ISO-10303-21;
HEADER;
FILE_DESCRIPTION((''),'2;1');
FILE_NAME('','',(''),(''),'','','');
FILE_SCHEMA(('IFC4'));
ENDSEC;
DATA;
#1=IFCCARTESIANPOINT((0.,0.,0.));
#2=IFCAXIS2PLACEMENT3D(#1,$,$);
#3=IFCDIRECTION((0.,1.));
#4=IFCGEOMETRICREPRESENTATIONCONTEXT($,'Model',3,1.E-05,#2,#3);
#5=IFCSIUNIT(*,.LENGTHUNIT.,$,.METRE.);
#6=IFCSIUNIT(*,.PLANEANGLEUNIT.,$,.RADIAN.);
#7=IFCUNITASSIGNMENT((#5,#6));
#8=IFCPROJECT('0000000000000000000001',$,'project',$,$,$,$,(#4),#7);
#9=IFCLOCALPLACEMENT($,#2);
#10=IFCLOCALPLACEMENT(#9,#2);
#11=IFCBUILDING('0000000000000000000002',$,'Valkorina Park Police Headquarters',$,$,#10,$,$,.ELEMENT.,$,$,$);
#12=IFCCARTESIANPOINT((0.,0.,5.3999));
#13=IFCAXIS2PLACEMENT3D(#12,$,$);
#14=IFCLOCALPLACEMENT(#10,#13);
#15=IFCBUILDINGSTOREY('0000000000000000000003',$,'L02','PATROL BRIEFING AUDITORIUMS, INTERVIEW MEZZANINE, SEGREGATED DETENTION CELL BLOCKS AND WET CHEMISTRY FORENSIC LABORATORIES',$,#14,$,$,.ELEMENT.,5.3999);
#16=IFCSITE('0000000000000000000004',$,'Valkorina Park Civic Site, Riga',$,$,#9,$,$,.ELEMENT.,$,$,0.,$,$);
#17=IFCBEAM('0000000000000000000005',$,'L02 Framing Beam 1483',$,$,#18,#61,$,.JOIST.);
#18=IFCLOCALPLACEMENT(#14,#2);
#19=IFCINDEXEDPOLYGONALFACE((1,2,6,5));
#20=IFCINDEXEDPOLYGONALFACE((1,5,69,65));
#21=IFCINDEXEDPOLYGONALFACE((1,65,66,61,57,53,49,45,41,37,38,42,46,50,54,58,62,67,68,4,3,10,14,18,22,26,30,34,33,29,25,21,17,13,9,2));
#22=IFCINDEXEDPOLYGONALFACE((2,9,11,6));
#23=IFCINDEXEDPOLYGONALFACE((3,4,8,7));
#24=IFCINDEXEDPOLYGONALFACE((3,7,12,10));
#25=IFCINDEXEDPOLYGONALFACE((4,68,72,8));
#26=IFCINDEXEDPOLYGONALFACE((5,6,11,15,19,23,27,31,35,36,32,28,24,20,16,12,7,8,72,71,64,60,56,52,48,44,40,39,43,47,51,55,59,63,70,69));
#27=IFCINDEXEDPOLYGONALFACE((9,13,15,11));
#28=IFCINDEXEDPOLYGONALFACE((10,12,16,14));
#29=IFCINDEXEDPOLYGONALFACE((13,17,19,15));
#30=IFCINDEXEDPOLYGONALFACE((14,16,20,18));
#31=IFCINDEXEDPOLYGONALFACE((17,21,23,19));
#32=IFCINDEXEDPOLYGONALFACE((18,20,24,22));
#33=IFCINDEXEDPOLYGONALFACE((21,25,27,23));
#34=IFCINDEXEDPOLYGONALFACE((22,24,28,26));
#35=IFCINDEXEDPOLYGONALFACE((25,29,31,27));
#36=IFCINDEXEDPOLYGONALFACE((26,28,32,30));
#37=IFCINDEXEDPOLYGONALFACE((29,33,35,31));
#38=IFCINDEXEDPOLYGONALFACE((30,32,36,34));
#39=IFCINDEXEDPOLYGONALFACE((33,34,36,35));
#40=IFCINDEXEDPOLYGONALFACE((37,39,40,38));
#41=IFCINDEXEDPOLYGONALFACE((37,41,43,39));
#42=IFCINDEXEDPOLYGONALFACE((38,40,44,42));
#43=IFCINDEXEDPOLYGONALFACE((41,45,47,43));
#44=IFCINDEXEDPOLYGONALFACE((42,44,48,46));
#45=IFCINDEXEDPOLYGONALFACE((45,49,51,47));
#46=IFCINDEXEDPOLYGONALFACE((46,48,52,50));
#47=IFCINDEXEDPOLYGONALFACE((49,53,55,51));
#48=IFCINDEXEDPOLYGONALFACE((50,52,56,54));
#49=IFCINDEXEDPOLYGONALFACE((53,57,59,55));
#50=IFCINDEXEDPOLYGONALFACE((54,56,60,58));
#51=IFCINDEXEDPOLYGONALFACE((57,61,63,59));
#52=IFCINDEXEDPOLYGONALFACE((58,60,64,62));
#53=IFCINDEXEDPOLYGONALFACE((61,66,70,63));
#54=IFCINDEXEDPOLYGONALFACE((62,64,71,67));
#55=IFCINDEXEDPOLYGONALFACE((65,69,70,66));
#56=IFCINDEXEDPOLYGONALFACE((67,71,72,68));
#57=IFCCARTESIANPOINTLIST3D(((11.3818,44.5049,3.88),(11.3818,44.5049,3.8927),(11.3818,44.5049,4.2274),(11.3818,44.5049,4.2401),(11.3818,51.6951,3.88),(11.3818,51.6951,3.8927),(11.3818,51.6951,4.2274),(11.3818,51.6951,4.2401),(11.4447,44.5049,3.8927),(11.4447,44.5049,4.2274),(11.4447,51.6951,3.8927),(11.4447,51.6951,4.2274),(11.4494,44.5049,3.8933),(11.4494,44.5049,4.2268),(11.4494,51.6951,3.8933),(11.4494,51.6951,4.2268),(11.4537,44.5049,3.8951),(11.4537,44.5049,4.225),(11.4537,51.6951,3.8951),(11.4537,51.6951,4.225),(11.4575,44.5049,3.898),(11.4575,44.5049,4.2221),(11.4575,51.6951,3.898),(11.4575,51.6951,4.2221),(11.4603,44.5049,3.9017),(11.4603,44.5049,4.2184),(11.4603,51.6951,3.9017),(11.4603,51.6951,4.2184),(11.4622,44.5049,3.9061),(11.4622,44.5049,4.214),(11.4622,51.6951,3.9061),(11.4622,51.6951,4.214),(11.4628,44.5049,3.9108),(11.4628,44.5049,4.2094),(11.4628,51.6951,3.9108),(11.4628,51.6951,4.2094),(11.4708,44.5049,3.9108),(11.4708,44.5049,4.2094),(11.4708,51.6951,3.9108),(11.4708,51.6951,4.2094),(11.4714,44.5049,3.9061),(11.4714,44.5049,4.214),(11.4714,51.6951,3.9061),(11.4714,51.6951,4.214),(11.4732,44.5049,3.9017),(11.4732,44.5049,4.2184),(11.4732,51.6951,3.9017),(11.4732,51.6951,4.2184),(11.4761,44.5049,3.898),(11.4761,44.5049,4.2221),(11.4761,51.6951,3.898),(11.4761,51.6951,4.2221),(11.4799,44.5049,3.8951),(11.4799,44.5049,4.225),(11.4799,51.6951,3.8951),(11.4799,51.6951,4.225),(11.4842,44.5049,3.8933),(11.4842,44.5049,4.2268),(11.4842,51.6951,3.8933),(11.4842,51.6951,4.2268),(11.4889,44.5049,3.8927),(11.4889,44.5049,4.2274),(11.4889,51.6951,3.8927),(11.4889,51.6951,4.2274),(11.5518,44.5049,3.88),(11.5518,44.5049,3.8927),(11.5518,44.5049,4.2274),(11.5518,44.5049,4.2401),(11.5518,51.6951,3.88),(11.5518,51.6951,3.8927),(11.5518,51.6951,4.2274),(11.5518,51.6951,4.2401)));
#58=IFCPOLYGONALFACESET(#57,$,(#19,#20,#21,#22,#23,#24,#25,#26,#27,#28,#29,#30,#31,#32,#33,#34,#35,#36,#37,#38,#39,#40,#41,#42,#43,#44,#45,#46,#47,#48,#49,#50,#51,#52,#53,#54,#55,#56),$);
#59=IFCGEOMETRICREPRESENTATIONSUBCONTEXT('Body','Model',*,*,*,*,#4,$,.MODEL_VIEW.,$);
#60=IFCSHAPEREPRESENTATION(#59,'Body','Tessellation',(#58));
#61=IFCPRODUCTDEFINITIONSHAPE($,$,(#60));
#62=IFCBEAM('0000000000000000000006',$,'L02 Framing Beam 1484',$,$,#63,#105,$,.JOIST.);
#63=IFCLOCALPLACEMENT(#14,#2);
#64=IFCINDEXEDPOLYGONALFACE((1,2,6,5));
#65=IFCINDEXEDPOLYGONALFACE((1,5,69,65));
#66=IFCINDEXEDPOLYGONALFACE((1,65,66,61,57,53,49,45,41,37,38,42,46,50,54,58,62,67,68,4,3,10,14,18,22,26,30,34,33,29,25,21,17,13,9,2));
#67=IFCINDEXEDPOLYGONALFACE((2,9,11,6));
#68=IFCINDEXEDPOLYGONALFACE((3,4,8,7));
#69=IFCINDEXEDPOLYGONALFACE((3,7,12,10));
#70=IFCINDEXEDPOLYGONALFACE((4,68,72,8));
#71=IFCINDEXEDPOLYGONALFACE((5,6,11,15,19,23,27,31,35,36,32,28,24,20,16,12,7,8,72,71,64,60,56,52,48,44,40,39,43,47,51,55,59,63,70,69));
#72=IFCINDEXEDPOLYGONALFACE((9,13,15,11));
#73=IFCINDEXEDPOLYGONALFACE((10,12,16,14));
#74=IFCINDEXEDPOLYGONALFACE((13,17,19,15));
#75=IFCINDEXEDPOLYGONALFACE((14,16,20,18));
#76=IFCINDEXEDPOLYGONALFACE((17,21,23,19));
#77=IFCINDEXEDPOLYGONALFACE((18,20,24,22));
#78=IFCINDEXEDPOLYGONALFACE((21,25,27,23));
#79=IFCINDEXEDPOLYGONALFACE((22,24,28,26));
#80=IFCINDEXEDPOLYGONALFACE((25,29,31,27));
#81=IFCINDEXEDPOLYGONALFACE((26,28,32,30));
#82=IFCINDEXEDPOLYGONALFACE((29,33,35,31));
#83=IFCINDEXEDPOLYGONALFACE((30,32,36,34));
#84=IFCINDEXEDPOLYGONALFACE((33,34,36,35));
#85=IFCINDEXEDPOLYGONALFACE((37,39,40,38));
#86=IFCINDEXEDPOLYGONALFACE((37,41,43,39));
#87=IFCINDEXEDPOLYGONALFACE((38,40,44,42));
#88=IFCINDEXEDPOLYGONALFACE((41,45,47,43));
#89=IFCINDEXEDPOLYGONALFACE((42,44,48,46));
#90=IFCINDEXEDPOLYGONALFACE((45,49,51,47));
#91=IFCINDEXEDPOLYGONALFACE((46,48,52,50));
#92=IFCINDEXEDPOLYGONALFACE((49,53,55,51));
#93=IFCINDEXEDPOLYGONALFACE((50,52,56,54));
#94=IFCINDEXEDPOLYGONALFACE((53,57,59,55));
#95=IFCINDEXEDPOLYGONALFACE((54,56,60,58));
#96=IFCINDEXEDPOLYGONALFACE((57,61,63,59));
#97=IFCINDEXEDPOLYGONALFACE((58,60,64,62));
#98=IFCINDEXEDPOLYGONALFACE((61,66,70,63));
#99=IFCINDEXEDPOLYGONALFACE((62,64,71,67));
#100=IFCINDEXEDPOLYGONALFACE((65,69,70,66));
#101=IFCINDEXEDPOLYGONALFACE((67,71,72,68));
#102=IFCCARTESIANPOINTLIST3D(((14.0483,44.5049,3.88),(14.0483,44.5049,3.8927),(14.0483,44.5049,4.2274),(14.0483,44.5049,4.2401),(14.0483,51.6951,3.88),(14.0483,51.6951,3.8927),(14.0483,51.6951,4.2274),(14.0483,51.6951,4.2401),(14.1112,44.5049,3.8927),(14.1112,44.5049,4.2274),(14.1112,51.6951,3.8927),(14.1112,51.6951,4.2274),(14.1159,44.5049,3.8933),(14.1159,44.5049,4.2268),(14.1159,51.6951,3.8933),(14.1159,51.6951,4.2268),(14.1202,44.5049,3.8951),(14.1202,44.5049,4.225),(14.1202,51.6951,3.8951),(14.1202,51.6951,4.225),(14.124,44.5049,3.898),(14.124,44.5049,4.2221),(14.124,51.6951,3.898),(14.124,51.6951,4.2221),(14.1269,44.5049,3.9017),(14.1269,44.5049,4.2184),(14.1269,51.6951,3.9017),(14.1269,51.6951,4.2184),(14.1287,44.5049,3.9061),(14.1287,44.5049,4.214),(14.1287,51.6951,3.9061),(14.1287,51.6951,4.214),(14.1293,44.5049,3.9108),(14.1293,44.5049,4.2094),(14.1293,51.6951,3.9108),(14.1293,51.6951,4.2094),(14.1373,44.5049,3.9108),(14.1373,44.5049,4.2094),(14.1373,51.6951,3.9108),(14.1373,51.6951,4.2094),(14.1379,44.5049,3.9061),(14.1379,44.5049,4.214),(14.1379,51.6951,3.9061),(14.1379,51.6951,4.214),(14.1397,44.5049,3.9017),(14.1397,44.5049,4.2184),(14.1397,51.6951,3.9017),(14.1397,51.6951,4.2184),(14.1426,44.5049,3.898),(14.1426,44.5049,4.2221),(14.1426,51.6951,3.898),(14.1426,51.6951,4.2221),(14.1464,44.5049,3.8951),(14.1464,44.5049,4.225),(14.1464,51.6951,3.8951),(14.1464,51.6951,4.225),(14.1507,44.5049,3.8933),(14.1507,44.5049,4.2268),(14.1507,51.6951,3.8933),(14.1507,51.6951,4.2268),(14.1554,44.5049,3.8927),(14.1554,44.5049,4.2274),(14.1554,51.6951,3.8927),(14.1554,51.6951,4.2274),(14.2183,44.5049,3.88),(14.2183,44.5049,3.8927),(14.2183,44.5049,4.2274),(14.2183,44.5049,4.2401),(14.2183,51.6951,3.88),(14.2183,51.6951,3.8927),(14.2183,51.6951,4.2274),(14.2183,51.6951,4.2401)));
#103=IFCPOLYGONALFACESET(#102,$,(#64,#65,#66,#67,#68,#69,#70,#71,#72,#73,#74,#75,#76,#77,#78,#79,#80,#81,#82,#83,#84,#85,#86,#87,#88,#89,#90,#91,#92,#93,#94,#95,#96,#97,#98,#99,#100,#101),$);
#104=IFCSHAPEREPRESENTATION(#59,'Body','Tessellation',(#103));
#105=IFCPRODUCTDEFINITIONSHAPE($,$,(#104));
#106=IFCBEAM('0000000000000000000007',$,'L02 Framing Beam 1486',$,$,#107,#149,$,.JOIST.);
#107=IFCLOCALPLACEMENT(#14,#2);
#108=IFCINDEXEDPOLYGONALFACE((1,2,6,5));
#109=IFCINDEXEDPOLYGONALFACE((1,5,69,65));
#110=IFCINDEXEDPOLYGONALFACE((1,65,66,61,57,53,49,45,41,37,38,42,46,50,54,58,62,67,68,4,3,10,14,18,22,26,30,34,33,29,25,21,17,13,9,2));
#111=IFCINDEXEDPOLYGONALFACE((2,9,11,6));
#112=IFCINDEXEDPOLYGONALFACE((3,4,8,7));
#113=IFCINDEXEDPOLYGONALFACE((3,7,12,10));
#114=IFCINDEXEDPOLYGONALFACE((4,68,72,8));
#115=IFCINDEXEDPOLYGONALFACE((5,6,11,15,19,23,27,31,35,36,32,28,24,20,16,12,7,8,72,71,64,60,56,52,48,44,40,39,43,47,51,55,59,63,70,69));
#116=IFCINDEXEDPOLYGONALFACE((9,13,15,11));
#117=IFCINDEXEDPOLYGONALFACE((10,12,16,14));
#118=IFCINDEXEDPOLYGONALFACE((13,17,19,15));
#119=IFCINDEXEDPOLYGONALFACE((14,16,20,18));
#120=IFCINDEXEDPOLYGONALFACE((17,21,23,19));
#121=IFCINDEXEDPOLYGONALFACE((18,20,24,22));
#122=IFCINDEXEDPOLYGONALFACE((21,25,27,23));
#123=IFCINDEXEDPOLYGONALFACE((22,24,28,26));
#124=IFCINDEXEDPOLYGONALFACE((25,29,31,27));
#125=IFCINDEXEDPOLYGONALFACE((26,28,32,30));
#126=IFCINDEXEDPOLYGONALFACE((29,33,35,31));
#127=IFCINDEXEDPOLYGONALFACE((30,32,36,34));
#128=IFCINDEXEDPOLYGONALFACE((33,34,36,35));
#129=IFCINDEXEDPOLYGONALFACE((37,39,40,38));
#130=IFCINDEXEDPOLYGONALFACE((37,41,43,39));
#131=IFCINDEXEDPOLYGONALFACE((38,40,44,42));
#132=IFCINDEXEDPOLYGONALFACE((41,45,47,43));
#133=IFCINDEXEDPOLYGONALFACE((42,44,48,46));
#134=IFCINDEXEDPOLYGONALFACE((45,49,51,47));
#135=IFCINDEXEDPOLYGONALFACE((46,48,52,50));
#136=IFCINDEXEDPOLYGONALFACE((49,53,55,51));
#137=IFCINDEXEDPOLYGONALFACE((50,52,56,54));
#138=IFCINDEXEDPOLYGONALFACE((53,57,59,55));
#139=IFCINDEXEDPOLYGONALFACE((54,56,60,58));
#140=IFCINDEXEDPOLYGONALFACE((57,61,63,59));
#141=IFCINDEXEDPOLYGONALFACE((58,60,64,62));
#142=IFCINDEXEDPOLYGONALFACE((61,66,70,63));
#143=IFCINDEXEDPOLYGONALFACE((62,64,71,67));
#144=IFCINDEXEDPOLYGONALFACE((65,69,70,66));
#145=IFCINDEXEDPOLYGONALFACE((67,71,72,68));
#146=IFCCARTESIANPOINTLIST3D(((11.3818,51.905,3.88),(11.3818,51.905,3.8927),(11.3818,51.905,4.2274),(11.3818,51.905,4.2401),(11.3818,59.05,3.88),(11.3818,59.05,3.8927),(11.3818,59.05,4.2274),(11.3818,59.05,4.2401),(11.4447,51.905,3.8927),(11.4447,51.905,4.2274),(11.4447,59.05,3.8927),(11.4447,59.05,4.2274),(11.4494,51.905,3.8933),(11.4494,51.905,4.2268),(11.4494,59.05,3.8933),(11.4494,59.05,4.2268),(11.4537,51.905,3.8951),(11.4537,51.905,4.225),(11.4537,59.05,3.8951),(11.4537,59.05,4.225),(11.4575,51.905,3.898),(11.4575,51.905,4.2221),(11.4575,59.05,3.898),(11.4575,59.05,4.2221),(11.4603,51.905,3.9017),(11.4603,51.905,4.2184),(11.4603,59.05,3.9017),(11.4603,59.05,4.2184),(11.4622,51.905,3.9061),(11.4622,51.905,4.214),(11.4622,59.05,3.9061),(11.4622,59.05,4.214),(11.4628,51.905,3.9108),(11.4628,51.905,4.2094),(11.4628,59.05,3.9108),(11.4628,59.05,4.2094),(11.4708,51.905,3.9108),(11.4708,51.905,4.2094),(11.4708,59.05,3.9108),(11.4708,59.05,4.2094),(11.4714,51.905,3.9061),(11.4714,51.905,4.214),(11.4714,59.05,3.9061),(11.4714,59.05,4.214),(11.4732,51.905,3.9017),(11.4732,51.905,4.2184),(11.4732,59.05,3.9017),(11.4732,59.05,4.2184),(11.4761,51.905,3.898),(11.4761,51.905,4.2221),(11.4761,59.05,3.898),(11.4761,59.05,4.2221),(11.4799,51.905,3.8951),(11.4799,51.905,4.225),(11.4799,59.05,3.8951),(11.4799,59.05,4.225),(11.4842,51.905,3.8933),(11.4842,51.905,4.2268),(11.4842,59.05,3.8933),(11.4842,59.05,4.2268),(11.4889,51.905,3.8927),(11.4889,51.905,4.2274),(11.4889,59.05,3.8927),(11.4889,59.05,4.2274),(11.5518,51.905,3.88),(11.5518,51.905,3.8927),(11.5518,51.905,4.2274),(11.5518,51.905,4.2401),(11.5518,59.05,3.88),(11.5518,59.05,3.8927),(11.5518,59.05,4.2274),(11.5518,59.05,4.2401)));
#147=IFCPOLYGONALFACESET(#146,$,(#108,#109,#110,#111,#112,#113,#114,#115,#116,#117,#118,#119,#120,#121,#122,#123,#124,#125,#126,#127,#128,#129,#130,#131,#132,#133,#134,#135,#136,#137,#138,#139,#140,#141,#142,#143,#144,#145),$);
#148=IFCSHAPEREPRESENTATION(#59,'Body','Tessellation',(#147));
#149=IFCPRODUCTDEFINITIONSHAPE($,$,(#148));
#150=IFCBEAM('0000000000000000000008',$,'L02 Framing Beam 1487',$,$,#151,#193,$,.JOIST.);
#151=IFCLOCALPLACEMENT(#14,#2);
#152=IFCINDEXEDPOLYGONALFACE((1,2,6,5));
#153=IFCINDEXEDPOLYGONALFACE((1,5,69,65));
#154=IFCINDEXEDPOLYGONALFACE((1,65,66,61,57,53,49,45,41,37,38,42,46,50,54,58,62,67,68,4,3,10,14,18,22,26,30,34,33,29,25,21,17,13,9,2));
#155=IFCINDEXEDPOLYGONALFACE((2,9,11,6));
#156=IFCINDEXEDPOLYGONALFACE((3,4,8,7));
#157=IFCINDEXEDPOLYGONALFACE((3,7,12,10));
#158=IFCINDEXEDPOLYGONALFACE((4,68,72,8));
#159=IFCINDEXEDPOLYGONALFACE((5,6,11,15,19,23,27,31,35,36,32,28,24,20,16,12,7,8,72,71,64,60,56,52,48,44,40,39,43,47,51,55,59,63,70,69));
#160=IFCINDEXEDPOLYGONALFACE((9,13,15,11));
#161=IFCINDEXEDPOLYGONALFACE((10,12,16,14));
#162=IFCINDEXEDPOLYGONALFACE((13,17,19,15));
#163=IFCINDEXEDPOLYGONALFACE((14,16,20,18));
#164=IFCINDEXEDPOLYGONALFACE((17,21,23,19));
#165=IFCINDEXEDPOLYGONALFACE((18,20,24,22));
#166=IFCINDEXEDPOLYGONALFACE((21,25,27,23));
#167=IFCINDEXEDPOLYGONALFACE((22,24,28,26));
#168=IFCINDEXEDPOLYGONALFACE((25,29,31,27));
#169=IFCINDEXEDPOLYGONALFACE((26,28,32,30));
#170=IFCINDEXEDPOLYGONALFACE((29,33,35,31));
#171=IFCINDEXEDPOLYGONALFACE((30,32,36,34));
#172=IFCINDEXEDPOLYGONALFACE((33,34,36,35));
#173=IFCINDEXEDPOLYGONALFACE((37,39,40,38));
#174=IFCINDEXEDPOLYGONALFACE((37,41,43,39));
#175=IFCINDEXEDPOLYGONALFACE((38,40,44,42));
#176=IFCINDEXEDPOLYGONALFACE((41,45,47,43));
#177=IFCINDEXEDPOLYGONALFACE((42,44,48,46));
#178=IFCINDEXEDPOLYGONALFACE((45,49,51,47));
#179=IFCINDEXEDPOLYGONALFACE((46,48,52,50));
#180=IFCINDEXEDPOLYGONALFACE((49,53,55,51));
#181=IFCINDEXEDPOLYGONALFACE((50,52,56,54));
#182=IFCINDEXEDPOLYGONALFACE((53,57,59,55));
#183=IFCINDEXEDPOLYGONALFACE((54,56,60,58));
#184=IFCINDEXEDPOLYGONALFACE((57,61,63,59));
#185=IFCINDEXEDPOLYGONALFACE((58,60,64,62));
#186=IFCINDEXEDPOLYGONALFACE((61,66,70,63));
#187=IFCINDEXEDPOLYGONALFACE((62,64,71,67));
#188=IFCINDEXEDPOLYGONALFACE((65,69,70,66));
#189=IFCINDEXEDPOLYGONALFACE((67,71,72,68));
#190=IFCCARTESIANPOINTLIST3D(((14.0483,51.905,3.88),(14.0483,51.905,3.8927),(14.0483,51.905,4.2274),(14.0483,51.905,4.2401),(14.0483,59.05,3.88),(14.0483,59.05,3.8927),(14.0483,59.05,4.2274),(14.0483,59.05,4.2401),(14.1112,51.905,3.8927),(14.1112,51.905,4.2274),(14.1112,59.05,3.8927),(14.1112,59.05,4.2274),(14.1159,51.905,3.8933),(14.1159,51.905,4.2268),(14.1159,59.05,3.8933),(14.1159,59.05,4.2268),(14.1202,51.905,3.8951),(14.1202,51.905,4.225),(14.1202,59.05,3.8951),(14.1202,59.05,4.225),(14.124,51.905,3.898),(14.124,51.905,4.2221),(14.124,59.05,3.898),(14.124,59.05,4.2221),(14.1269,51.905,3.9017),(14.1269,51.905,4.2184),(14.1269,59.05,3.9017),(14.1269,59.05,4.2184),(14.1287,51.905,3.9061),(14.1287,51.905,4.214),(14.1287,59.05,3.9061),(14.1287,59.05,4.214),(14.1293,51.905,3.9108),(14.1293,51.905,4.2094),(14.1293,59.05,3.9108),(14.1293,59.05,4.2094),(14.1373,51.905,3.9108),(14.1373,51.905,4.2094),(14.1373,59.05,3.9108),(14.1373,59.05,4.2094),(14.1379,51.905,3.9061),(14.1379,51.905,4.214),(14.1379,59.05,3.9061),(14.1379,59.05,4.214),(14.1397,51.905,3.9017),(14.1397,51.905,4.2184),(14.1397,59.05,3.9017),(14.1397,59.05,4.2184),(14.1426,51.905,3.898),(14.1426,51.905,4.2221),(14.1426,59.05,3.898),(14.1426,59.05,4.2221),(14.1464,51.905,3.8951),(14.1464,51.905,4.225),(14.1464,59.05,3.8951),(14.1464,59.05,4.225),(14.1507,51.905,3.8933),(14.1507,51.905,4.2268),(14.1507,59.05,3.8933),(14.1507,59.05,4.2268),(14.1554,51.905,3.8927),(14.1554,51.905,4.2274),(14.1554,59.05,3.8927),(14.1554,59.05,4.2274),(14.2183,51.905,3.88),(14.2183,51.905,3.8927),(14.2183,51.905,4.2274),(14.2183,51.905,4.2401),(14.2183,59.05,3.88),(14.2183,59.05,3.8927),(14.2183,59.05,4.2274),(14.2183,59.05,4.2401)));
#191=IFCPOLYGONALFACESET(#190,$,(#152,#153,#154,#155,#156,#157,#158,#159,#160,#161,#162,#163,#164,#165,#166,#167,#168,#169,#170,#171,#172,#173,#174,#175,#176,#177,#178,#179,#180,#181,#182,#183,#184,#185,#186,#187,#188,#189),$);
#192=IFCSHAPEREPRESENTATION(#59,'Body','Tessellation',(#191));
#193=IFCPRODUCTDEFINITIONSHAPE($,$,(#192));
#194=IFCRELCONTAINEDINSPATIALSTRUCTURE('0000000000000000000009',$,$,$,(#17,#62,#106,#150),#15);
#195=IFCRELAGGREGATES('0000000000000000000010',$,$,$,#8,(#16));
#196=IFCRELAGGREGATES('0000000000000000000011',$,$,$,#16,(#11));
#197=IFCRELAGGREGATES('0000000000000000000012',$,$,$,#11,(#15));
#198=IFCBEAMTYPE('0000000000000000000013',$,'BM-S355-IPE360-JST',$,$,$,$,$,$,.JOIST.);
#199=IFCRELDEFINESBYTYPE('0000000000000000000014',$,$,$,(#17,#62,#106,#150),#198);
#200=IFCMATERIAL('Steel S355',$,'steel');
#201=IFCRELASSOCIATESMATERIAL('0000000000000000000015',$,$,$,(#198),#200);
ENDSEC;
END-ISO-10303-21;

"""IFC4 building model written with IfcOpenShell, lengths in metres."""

from ifc_helpers import new_model, si_unit, direction, frame, origin, origin_2d, place, context, subcontext, project, spatial, i_section, extrude, material, material_profile, profile_set, type_object, element, save


model = new_model("IFC4")

# Units and contexts
model_context = context("Model", 3, precision=1e-05, world=origin(), true_north=direction((0.0, 1.0)))
body_context = subcontext(model_context, "Body", "Model", "MODEL_VIEW")
ifc_project = project(units=[si_unit("LENGTHUNIT", "METRE"), si_unit("PLANEANGLEUNIT", "RADIAN")], contexts=[model_context])

# Site, building, storey
site_placement = place(None, origin())
site = spatial("IfcSite", under=ifc_project, at=site_placement, Name="Valkorina Park Civic Site, Riga", CompositionType="ELEMENT", RefElevation=0.0)
building_placement = place(site_placement, origin())
building = spatial("IfcBuilding", under=site, at=building_placement, Name="Valkorina Park Police Headquarters", CompositionType="ELEMENT")
storey_placement = place(building_placement, frame((0.0, 0.0, 5.3999)))
storey = spatial("IfcBuildingStorey", under=building, at=storey_placement, Name="L02", Description="PATROL BRIEFING AUDITORIUMS, INTERVIEW MEZZANINE, SEGREGATED DETENTION CELL BLOCKS AND WET CHEMISTRY FORENSIC LABORATORIES", CompositionType="ELEMENT", Elevation=5.3999)

# Shared definitions
ifc_material_1 = material(Name="Steel S355", Category="steel")

# Beams
ifc_material_profile_1 = material_profile(ifc_material_1, i_section(OverallWidth=0.1699, OverallDepth=0.3601, WebThickness=0.0081, FlangeThickness=0.0127, FilletRadius=0.0181, at=origin_2d()), Name="IPE 360")
ifc_profile_set_1 = profile_set([ifc_material_profile_1], Name="Steel S355")
beam_type_1 = type_object("IfcBeamType", Name="BM-S355-IPE360-JST", PredefinedType="JOIST", material=ifc_profile_set_1)
for number, where, z_axis, x_axis, name in (
    (1, (11.4668, 44.5049, 4.0601), (0.0, 1.0, 0.0), (-1.0, 0.0, 0.0), "L02 Framing Beam 1483"),
    (2, (14.1333, 44.5049, 4.0601), (0.0, 1.0, 0.0), (-1.0, 0.0, 0.0), "L02 Framing Beam 1484"),
):
    element("IfcBeam", number, at=place(storey_placement, frame(where, z_axis=z_axis, x_axis=x_axis)), inside=storey, type_object=beam_type_1, Name=name, PredefinedType="JOIST", context=body_context, shape_type="SweptSolid", body=[
        extrude(i_section(OverallWidth=0.1699, OverallDepth=0.3601, WebThickness=0.0081, FlangeThickness=0.0127, FilletRadius=0.0181, at=origin_2d()), origin(), (0.0, 0.0, 1.0), 7.1902),
    ])
for number, where, z_axis, x_axis, name in (
    (3, (11.4668, 51.905, 4.0601), (0.0, 1.0, 0.0), (-1.0, 0.0, 0.0), "L02 Framing Beam 1486"),
    (4, (14.1333, 51.905, 4.0601), (0.0, 1.0, 0.0), (-1.0, 0.0, 0.0), "L02 Framing Beam 1487"),
):
    element("IfcBeam", number, at=place(storey_placement, frame(where, z_axis=z_axis, x_axis=x_axis)), inside=storey, type_object=beam_type_1, Name=name, PredefinedType="JOIST", context=body_context, shape_type="SweptSolid", body=[
        extrude(i_section(OverallWidth=0.1699, OverallDepth=0.3601, WebThickness=0.0081, FlangeThickness=0.0127, FilletRadius=0.0181, at=origin_2d()), origin(), (0.0, 0.0, 1.0), 7.145),
    ])

save(model, "model.ifc")
